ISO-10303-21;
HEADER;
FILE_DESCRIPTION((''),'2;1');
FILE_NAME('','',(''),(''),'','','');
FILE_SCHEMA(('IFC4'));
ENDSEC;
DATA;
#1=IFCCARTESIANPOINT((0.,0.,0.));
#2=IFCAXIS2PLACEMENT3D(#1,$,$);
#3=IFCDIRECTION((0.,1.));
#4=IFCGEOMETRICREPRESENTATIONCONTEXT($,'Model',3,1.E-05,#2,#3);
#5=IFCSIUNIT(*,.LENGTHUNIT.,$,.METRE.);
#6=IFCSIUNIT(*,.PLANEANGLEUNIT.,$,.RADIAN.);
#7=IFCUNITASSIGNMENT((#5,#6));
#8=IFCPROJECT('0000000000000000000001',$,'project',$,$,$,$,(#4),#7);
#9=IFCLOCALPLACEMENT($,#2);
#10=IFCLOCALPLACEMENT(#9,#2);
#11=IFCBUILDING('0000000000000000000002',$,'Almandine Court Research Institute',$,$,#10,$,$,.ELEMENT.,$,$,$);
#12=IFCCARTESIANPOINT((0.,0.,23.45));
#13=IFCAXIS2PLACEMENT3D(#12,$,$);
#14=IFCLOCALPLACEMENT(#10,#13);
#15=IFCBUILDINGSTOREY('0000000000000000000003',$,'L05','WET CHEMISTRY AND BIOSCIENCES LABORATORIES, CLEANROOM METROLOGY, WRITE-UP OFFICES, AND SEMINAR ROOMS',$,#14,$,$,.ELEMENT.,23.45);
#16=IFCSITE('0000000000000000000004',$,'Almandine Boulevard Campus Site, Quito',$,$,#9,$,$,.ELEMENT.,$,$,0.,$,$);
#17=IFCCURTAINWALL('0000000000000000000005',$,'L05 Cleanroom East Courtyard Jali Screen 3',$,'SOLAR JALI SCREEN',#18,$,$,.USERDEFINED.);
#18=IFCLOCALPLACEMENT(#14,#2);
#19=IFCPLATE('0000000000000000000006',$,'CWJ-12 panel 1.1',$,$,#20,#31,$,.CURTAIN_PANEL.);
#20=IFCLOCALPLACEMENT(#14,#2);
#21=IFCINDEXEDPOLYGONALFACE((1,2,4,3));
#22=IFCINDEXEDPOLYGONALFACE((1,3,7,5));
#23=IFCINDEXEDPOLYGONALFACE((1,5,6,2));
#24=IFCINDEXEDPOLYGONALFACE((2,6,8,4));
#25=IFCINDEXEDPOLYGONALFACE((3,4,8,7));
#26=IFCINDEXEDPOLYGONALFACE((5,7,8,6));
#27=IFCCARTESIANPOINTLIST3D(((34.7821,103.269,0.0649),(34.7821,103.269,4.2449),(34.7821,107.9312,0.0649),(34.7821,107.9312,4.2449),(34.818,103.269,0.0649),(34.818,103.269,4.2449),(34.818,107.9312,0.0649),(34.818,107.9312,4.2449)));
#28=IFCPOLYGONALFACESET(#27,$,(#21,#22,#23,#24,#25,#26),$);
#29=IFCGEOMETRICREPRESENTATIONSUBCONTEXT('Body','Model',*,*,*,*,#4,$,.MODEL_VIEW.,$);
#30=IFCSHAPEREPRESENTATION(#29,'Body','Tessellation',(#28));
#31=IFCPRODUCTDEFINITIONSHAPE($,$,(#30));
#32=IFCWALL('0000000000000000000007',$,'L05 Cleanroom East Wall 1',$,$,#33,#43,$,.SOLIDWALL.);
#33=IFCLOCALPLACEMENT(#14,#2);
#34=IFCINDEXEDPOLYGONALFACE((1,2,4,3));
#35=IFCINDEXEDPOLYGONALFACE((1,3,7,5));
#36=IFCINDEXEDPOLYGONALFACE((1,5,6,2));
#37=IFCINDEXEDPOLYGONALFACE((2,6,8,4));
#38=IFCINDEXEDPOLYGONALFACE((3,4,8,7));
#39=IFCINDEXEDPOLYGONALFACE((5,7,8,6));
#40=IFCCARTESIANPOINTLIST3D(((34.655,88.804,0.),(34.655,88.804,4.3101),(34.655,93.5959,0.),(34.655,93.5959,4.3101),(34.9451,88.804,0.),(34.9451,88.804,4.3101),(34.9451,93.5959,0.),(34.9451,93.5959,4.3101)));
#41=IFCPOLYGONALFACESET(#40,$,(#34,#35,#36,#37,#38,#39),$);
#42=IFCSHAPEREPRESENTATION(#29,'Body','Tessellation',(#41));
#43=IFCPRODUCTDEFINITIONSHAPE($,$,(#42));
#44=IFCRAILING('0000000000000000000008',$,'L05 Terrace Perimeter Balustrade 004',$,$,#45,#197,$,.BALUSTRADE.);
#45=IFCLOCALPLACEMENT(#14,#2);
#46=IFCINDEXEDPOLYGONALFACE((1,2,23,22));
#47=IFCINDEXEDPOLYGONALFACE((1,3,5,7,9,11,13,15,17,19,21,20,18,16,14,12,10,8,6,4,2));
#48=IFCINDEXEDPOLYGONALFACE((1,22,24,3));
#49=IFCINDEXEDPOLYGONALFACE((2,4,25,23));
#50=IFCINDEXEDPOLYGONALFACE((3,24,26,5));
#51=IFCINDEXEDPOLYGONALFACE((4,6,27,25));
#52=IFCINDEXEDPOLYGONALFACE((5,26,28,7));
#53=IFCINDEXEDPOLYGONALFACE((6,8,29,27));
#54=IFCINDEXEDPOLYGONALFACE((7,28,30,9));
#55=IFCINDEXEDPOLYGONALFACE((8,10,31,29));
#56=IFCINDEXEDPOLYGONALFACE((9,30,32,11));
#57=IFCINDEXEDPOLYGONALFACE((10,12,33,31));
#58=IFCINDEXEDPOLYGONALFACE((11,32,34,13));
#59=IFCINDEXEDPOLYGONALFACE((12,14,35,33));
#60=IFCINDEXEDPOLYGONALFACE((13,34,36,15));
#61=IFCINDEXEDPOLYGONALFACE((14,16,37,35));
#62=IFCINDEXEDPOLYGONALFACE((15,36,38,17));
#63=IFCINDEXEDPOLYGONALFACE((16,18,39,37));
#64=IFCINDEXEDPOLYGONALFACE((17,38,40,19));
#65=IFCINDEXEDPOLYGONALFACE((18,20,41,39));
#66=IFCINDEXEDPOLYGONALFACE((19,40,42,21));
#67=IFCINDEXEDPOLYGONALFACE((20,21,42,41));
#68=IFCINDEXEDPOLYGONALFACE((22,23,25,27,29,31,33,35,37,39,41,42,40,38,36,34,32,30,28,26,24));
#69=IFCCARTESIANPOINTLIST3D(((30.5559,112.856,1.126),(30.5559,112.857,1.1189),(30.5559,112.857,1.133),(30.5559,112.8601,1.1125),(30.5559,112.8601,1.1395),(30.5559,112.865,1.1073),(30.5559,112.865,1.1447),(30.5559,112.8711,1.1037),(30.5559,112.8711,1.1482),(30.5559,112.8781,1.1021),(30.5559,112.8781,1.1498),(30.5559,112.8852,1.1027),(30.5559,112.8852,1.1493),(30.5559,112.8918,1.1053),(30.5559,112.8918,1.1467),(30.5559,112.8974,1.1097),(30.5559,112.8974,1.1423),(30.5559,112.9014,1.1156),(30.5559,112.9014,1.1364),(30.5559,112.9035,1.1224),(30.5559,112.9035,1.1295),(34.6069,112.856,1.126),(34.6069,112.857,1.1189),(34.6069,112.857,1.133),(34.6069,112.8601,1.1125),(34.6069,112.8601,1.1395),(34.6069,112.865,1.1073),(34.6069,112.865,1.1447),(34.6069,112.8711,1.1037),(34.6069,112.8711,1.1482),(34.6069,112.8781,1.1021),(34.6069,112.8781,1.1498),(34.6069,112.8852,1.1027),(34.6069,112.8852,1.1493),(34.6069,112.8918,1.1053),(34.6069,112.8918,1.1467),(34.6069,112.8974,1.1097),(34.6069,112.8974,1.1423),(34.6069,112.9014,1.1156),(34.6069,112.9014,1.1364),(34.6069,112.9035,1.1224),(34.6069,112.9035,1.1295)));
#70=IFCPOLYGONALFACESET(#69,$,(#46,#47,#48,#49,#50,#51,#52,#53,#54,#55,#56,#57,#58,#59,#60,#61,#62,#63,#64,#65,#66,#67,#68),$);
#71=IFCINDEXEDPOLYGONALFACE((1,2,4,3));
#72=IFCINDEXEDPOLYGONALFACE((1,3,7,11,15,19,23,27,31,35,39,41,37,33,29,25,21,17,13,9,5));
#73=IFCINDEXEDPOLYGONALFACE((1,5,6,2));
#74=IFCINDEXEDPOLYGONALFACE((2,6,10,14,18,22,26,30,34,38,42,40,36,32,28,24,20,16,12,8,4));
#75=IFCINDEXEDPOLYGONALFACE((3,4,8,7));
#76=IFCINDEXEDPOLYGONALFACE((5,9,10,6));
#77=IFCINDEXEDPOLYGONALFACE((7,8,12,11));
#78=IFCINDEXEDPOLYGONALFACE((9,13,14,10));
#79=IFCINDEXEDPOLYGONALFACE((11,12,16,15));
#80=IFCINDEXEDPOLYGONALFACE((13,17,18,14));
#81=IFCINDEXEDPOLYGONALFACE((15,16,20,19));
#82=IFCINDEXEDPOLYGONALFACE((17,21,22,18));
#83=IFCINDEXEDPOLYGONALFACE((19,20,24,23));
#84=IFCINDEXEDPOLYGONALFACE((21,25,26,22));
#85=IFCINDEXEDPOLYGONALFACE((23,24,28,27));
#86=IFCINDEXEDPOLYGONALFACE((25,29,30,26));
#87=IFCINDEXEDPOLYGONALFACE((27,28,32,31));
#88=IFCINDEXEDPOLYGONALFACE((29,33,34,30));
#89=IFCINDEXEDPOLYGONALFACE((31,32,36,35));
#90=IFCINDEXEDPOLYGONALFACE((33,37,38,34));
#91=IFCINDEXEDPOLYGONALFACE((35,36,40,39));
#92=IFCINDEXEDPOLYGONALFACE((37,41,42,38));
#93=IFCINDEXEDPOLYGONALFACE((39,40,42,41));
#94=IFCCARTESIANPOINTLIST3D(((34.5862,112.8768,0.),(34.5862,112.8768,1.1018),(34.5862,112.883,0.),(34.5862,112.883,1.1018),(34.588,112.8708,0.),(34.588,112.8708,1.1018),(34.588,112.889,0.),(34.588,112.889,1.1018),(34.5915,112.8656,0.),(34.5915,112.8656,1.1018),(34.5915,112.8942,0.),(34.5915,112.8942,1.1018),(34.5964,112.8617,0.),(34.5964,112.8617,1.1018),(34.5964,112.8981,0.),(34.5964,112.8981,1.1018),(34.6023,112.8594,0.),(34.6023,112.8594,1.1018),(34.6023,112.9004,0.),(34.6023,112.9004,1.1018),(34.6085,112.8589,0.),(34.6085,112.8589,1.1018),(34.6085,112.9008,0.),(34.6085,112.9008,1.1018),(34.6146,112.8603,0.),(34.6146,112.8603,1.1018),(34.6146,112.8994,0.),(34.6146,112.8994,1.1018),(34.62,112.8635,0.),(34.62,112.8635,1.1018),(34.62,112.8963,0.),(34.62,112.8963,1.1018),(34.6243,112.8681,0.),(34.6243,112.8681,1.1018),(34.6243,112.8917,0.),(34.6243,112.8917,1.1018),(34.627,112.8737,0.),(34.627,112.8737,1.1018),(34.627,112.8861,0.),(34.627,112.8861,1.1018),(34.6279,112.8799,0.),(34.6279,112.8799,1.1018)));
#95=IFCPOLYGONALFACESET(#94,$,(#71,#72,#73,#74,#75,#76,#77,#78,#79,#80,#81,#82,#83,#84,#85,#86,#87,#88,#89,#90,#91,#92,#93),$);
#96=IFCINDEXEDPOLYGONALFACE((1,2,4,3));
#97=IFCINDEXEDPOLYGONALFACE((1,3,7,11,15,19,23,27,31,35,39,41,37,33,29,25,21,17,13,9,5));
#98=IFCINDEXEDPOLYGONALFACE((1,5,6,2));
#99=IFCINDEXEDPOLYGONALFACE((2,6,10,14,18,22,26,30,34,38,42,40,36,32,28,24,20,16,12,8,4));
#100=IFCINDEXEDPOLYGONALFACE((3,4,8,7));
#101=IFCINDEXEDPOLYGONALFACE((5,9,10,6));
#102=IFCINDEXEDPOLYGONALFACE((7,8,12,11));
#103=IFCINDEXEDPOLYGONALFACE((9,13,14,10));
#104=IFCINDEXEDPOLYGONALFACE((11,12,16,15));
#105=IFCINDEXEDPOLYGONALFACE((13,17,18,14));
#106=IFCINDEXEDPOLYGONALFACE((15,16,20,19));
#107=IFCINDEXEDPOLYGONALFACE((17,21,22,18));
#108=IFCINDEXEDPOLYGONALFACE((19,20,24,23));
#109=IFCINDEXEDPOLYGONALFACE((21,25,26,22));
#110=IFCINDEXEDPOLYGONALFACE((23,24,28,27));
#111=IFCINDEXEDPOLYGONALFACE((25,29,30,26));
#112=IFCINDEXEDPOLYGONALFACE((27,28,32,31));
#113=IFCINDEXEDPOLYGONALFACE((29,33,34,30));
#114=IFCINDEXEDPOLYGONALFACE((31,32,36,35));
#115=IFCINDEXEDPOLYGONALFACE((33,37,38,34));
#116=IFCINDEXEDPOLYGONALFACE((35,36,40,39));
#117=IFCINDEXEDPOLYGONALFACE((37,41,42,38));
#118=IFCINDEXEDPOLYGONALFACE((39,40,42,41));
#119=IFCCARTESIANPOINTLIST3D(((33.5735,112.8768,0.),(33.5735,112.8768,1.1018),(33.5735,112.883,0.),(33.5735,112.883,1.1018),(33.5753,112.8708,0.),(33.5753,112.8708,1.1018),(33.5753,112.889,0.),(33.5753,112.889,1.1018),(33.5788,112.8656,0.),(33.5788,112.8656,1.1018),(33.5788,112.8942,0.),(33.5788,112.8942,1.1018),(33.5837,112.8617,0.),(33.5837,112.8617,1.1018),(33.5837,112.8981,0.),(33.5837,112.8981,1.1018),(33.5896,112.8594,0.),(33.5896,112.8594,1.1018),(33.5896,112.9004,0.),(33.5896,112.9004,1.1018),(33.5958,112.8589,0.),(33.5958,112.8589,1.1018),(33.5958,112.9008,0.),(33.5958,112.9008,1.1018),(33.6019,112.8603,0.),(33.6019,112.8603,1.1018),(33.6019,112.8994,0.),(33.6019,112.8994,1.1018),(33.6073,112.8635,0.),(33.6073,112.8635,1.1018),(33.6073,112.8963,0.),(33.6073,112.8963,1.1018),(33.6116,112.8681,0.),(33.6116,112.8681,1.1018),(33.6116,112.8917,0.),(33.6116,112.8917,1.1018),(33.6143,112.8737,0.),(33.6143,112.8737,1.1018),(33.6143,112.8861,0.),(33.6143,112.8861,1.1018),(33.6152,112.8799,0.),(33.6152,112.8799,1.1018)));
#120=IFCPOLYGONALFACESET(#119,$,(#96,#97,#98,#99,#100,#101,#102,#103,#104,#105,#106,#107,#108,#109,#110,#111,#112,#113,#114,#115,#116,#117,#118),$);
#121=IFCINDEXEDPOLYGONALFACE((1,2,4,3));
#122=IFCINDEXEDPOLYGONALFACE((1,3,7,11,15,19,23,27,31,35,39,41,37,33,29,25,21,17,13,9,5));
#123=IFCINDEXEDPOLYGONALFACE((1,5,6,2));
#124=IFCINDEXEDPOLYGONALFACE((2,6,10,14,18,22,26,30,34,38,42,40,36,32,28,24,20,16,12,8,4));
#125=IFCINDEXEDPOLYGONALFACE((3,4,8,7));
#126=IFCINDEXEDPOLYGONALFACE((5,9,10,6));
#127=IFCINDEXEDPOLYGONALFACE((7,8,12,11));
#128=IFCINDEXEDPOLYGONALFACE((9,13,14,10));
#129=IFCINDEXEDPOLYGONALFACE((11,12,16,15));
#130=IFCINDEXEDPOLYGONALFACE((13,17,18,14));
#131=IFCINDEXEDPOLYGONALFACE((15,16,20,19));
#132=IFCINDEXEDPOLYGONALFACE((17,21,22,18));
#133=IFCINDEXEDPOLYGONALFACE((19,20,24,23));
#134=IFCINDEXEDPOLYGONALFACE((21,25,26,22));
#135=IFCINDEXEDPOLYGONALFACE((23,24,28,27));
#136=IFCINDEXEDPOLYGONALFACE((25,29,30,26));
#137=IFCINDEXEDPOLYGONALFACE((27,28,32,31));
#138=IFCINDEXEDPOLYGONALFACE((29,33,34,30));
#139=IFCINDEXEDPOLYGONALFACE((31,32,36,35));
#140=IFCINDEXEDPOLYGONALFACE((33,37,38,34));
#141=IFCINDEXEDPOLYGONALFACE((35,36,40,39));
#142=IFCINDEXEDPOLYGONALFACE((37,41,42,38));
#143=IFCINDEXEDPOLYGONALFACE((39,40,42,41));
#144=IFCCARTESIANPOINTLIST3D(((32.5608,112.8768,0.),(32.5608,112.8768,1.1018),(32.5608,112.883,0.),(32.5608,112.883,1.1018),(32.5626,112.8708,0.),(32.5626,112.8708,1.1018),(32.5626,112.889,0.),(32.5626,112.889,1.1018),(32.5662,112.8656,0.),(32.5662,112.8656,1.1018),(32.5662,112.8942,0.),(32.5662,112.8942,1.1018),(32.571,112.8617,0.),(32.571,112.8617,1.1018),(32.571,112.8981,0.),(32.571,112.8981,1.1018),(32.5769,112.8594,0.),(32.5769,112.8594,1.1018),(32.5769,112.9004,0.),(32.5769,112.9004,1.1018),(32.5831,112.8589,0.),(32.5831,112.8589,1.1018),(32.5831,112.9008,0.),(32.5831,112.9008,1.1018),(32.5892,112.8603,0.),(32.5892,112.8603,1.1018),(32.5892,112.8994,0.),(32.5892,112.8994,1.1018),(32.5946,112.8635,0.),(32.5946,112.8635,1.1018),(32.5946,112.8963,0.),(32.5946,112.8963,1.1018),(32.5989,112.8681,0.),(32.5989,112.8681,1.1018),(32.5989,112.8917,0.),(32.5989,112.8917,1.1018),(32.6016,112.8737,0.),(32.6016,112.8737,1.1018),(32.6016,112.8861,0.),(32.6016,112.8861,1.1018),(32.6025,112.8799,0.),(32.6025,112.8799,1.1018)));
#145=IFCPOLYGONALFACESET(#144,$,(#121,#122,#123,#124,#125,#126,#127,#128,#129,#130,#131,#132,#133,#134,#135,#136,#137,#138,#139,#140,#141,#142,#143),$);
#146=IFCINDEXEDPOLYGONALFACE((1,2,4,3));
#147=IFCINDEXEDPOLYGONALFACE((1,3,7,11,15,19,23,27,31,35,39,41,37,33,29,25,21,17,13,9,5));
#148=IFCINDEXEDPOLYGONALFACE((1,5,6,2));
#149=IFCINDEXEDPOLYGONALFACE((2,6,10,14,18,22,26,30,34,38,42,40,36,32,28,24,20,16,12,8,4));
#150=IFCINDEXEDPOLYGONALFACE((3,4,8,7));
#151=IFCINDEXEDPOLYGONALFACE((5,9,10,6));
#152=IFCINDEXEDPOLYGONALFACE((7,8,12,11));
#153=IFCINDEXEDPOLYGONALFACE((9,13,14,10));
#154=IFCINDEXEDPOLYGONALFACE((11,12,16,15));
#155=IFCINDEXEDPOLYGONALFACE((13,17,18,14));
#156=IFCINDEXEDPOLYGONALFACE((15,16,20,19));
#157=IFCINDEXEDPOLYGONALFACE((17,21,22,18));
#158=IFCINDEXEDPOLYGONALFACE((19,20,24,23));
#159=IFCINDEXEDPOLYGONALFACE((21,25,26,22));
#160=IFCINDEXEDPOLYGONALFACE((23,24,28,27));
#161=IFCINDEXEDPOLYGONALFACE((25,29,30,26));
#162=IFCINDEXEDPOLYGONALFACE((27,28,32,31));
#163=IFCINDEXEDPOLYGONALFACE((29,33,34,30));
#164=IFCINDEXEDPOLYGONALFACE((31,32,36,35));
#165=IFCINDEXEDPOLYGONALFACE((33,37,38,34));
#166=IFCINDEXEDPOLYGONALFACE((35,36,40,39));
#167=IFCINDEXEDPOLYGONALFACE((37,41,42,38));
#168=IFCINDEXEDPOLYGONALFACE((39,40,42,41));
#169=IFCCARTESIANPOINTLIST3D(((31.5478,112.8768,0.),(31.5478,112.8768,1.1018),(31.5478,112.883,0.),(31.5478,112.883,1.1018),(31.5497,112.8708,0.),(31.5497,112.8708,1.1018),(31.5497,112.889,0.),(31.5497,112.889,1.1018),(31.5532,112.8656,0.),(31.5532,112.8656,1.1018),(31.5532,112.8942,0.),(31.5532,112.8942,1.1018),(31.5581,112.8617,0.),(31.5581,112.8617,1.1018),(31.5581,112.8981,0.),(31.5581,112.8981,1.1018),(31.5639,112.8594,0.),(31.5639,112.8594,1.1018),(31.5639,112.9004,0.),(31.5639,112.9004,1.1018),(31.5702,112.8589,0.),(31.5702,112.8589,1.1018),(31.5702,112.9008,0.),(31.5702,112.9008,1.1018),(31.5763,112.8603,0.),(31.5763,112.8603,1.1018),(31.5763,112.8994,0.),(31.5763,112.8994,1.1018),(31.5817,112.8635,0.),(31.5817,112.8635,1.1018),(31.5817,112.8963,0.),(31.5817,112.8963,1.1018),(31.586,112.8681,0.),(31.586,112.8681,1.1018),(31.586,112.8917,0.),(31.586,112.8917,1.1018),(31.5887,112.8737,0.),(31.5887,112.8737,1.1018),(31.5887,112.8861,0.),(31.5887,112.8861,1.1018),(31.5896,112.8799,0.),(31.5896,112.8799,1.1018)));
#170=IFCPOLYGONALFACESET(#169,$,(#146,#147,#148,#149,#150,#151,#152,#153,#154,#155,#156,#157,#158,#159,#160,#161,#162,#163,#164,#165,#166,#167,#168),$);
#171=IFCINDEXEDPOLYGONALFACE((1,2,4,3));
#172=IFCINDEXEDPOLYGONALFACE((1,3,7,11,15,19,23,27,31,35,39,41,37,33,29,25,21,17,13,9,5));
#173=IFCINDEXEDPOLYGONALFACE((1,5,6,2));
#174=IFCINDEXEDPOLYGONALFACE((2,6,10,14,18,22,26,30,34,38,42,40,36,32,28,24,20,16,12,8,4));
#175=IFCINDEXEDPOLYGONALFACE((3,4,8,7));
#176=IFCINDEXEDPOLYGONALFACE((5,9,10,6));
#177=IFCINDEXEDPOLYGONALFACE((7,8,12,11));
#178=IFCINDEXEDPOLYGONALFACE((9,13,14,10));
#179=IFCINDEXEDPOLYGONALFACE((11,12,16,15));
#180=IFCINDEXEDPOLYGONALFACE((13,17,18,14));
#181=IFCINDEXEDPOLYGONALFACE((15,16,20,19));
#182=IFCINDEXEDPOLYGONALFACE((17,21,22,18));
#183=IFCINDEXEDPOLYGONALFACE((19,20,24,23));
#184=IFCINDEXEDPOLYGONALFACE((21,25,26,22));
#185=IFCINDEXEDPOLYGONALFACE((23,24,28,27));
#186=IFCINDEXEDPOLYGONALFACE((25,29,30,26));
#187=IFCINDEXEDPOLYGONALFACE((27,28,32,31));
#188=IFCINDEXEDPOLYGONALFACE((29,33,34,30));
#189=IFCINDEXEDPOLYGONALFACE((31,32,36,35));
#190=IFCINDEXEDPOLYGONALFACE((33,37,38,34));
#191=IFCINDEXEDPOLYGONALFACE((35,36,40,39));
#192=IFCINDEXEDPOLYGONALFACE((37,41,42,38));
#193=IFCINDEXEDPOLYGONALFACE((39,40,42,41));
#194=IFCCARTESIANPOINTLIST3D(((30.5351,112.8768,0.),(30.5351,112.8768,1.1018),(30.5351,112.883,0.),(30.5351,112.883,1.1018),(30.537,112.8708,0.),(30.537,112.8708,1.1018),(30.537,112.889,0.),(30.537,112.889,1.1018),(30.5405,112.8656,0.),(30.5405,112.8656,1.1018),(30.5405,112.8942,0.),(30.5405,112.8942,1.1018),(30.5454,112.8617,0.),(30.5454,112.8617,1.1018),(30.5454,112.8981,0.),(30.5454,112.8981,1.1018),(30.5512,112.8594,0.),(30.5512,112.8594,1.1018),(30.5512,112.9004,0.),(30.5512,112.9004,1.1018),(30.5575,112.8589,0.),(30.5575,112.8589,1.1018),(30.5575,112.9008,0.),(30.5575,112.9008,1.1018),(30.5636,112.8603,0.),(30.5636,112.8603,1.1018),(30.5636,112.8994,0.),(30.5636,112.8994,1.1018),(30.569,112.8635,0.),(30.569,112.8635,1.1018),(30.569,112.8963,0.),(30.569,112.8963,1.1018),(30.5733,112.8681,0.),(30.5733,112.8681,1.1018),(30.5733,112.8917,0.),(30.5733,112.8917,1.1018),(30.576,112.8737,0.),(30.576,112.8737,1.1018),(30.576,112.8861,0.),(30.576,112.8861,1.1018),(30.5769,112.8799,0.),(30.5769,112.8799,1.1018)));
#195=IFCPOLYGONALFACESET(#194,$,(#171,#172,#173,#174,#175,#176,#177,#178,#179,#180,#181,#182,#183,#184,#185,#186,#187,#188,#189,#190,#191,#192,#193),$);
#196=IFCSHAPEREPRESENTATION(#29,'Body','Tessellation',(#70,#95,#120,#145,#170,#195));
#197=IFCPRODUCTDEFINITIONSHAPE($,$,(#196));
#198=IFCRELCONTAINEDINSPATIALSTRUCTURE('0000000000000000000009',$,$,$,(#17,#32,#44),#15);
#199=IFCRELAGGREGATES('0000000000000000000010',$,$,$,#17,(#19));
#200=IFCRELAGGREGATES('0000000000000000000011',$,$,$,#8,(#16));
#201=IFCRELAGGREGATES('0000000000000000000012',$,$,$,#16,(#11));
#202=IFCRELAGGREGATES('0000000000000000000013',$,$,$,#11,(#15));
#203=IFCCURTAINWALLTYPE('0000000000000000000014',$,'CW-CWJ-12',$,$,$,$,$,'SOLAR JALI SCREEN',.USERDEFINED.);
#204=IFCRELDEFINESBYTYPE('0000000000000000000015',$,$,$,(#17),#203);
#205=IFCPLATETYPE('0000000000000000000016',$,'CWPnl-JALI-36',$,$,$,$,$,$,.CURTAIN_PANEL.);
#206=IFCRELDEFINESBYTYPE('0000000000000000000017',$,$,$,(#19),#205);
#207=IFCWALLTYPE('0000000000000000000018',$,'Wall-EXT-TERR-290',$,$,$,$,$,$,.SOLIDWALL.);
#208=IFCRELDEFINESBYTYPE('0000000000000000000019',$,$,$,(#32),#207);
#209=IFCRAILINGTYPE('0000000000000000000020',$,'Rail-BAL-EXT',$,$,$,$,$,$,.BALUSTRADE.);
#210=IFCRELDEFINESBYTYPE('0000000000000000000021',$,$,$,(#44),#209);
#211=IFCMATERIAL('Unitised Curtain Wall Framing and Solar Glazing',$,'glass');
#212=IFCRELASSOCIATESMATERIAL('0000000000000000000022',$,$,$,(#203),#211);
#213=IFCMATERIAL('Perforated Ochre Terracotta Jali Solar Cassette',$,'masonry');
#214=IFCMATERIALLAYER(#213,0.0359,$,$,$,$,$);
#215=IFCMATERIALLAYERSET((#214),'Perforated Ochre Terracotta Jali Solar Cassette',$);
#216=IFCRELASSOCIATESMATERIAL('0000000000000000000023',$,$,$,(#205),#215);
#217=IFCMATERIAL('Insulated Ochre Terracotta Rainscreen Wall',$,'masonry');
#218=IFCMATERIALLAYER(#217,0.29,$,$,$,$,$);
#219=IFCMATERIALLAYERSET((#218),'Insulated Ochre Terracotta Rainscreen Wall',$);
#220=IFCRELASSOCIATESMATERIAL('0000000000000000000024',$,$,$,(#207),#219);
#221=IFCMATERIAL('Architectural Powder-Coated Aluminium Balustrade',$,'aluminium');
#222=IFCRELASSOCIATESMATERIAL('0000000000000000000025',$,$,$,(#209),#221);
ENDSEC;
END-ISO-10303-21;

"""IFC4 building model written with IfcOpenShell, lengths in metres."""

from ifc_helpers import new_model, si_unit, direction, frame, frame_2d, origin, origin_2d, place, context, subcontext, project, spatial, rectangle, circle, extrude, material, layer, layer_set, type_object, element, aggregate, save


model = new_model("IFC4")

# Units and contexts
model_context = context("Model", 3, precision=1e-05, world=origin(), true_north=direction((0.0, 1.0)))
body_context = subcontext(model_context, "Body", "Model", "MODEL_VIEW")
ifc_project = project(units=[si_unit("LENGTHUNIT", "METRE"), si_unit("PLANEANGLEUNIT", "RADIAN")], contexts=[model_context])

# Site, building, storey
site_placement = place(None, origin())
site = spatial("IfcSite", under=ifc_project, at=site_placement, Name="Almandine Boulevard Campus Site, Quito", CompositionType="ELEMENT", RefElevation=0.0)
building_placement = place(site_placement, origin())
building = spatial("IfcBuilding", under=site, at=building_placement, Name="Almandine Court Research Institute", CompositionType="ELEMENT")
storey_placement = place(building_placement, frame((0.0, 0.0, 23.45)))
storey = spatial("IfcBuildingStorey", under=building, at=storey_placement, Name="L05", Description="WET CHEMISTRY AND BIOSCIENCES LABORATORIES, CLEANROOM METROLOGY, WRITE-UP OFFICES, AND SEMINAR ROOMS", CompositionType="ELEMENT", Elevation=23.45)

# Shared definitions
ifc_material_1 = material(Name="Unitised Curtain Wall Framing and Solar Glazing", Category="glass")

# Curtain wall
curtain_wall_type_1 = type_object("IfcCurtainWallType", Name="CW-CWJ-12", ElementType="SOLAR JALI SCREEN", PredefinedType="USERDEFINED", material=ifc_material_1)
curtain_wall_1_placement = place(storey_placement, origin())
curtain_wall_1 = element("IfcCurtainWall", 1, at=curtain_wall_1_placement, inside=storey, type_object=curtain_wall_type_1, Name="L05 Cleanroom East Courtyard Jali Screen 3", ObjectType="SOLAR JALI SCREEN", PredefinedType="USERDEFINED")

# Plate
ifc_material_2 = material(Name="Perforated Ochre Terracotta Jali Solar Cassette", Category="masonry")
ifc_layer_1 = layer(ifc_material_2, 0.0359)
ifc_layer_set_1 = layer_set([ifc_layer_1], Name="Perforated Ochre Terracotta Jali Solar Cassette")
plate_type_1 = type_object("IfcPlateType", Name="CWPnl-JALI-36", PredefinedType="CURTAIN_PANEL", material=ifc_layer_set_1)
plate_1_placement = place(storey_placement, frame((34.8, 105.6001, 0.0649), z_axis=(0.0, 0.0, 1.0), x_axis=(0.0, -1.0, 0.0)))
plate_1 = element("IfcPlate", 2, at=plate_1_placement, type_object=plate_type_1, Name="CWJ-12 panel 1.1", PredefinedType="CURTAIN_PANEL", context=body_context, shape_type="SweptSolid", body=[
    extrude(rectangle(XDim=4.6621, YDim=0.0359, at=origin_2d()), origin(), (0.0, 0.0, 1.0), 4.1799),
])
aggregate(curtain_wall_1, [plate_1])

# Wall
ifc_material_3 = material(Name="Insulated Ochre Terracotta Rainscreen Wall", Category="masonry")
ifc_layer_2 = layer(ifc_material_3, 0.29)
ifc_layer_set_2 = layer_set([ifc_layer_2], Name="Insulated Ochre Terracotta Rainscreen Wall")
wall_type = type_object("IfcWallType", Name="Wall-EXT-TERR-290", PredefinedType="SOLIDWALL", material=ifc_layer_set_2)
wall_placement = place(storey_placement, frame((34.8, 93.5959, 0.0), z_axis=(0.0, 0.0, 1.0), x_axis=(0.0, -1.0, 0.0)))
element("IfcWall", 3, at=wall_placement, inside=storey, type_object=wall_type, Name="L05 Cleanroom East Wall 1", PredefinedType="SOLIDWALL", context=body_context, shape_type="SweptSolid", body=[
    extrude(rectangle(XDim=4.792, YDim=0.29, at=frame_2d((2.396, 0.0))), origin(), (0.0, 0.0, 1.0), 4.3101),
])

# Railing
ifc_material_4 = material(Name="Architectural Powder-Coated Aluminium Balustrade", Category="aluminium")
railing_type = type_object("IfcRailingType", Name="Rail-BAL-EXT", PredefinedType="BALUSTRADE", material=ifc_material_4)
railing_placement = place(storey_placement, frame((34.6069, 112.8799, 0.0)))
element("IfcRailing", 4, at=railing_placement, inside=storey, type_object=railing_type, Name="L05 Terrace Perimeter Balustrade 004", PredefinedType="BALUSTRADE", context=body_context, shape_type="SweptSolid", body=[
    extrude(circle(Radius=0.0239, at=origin_2d()), frame((0.0, 0.0, 1.126), z_axis=(-1.0, 0.0, 0.0), x_axis=(0.0, -1.0, 0.0)), (0.0, 0.0, 1.0), 4.051),
    extrude(circle(Radius=0.021, at=origin_2d()), origin(), (0.0, 0.0, 1.0), 1.1018),
    extrude(circle(Radius=0.021, at=origin_2d()), frame((-1.0127, 0.0, 0.0)), (0.0, 0.0, 1.0), 1.1018),
    extrude(circle(Radius=0.021, at=origin_2d()), frame((-2.0254, 0.0, 0.0)), (0.0, 0.0, 1.0), 1.1018),
    extrude(circle(Radius=0.021, at=origin_2d()), frame((-3.0383, 0.0, 0.0)), (0.0, 0.0, 1.0), 1.1018),
    extrude(circle(Radius=0.021, at=origin_2d()), frame((-4.051, 0.0, 0.0)), (0.0, 0.0, 1.0), 1.1018),
])

save(model, "model.ifc")
